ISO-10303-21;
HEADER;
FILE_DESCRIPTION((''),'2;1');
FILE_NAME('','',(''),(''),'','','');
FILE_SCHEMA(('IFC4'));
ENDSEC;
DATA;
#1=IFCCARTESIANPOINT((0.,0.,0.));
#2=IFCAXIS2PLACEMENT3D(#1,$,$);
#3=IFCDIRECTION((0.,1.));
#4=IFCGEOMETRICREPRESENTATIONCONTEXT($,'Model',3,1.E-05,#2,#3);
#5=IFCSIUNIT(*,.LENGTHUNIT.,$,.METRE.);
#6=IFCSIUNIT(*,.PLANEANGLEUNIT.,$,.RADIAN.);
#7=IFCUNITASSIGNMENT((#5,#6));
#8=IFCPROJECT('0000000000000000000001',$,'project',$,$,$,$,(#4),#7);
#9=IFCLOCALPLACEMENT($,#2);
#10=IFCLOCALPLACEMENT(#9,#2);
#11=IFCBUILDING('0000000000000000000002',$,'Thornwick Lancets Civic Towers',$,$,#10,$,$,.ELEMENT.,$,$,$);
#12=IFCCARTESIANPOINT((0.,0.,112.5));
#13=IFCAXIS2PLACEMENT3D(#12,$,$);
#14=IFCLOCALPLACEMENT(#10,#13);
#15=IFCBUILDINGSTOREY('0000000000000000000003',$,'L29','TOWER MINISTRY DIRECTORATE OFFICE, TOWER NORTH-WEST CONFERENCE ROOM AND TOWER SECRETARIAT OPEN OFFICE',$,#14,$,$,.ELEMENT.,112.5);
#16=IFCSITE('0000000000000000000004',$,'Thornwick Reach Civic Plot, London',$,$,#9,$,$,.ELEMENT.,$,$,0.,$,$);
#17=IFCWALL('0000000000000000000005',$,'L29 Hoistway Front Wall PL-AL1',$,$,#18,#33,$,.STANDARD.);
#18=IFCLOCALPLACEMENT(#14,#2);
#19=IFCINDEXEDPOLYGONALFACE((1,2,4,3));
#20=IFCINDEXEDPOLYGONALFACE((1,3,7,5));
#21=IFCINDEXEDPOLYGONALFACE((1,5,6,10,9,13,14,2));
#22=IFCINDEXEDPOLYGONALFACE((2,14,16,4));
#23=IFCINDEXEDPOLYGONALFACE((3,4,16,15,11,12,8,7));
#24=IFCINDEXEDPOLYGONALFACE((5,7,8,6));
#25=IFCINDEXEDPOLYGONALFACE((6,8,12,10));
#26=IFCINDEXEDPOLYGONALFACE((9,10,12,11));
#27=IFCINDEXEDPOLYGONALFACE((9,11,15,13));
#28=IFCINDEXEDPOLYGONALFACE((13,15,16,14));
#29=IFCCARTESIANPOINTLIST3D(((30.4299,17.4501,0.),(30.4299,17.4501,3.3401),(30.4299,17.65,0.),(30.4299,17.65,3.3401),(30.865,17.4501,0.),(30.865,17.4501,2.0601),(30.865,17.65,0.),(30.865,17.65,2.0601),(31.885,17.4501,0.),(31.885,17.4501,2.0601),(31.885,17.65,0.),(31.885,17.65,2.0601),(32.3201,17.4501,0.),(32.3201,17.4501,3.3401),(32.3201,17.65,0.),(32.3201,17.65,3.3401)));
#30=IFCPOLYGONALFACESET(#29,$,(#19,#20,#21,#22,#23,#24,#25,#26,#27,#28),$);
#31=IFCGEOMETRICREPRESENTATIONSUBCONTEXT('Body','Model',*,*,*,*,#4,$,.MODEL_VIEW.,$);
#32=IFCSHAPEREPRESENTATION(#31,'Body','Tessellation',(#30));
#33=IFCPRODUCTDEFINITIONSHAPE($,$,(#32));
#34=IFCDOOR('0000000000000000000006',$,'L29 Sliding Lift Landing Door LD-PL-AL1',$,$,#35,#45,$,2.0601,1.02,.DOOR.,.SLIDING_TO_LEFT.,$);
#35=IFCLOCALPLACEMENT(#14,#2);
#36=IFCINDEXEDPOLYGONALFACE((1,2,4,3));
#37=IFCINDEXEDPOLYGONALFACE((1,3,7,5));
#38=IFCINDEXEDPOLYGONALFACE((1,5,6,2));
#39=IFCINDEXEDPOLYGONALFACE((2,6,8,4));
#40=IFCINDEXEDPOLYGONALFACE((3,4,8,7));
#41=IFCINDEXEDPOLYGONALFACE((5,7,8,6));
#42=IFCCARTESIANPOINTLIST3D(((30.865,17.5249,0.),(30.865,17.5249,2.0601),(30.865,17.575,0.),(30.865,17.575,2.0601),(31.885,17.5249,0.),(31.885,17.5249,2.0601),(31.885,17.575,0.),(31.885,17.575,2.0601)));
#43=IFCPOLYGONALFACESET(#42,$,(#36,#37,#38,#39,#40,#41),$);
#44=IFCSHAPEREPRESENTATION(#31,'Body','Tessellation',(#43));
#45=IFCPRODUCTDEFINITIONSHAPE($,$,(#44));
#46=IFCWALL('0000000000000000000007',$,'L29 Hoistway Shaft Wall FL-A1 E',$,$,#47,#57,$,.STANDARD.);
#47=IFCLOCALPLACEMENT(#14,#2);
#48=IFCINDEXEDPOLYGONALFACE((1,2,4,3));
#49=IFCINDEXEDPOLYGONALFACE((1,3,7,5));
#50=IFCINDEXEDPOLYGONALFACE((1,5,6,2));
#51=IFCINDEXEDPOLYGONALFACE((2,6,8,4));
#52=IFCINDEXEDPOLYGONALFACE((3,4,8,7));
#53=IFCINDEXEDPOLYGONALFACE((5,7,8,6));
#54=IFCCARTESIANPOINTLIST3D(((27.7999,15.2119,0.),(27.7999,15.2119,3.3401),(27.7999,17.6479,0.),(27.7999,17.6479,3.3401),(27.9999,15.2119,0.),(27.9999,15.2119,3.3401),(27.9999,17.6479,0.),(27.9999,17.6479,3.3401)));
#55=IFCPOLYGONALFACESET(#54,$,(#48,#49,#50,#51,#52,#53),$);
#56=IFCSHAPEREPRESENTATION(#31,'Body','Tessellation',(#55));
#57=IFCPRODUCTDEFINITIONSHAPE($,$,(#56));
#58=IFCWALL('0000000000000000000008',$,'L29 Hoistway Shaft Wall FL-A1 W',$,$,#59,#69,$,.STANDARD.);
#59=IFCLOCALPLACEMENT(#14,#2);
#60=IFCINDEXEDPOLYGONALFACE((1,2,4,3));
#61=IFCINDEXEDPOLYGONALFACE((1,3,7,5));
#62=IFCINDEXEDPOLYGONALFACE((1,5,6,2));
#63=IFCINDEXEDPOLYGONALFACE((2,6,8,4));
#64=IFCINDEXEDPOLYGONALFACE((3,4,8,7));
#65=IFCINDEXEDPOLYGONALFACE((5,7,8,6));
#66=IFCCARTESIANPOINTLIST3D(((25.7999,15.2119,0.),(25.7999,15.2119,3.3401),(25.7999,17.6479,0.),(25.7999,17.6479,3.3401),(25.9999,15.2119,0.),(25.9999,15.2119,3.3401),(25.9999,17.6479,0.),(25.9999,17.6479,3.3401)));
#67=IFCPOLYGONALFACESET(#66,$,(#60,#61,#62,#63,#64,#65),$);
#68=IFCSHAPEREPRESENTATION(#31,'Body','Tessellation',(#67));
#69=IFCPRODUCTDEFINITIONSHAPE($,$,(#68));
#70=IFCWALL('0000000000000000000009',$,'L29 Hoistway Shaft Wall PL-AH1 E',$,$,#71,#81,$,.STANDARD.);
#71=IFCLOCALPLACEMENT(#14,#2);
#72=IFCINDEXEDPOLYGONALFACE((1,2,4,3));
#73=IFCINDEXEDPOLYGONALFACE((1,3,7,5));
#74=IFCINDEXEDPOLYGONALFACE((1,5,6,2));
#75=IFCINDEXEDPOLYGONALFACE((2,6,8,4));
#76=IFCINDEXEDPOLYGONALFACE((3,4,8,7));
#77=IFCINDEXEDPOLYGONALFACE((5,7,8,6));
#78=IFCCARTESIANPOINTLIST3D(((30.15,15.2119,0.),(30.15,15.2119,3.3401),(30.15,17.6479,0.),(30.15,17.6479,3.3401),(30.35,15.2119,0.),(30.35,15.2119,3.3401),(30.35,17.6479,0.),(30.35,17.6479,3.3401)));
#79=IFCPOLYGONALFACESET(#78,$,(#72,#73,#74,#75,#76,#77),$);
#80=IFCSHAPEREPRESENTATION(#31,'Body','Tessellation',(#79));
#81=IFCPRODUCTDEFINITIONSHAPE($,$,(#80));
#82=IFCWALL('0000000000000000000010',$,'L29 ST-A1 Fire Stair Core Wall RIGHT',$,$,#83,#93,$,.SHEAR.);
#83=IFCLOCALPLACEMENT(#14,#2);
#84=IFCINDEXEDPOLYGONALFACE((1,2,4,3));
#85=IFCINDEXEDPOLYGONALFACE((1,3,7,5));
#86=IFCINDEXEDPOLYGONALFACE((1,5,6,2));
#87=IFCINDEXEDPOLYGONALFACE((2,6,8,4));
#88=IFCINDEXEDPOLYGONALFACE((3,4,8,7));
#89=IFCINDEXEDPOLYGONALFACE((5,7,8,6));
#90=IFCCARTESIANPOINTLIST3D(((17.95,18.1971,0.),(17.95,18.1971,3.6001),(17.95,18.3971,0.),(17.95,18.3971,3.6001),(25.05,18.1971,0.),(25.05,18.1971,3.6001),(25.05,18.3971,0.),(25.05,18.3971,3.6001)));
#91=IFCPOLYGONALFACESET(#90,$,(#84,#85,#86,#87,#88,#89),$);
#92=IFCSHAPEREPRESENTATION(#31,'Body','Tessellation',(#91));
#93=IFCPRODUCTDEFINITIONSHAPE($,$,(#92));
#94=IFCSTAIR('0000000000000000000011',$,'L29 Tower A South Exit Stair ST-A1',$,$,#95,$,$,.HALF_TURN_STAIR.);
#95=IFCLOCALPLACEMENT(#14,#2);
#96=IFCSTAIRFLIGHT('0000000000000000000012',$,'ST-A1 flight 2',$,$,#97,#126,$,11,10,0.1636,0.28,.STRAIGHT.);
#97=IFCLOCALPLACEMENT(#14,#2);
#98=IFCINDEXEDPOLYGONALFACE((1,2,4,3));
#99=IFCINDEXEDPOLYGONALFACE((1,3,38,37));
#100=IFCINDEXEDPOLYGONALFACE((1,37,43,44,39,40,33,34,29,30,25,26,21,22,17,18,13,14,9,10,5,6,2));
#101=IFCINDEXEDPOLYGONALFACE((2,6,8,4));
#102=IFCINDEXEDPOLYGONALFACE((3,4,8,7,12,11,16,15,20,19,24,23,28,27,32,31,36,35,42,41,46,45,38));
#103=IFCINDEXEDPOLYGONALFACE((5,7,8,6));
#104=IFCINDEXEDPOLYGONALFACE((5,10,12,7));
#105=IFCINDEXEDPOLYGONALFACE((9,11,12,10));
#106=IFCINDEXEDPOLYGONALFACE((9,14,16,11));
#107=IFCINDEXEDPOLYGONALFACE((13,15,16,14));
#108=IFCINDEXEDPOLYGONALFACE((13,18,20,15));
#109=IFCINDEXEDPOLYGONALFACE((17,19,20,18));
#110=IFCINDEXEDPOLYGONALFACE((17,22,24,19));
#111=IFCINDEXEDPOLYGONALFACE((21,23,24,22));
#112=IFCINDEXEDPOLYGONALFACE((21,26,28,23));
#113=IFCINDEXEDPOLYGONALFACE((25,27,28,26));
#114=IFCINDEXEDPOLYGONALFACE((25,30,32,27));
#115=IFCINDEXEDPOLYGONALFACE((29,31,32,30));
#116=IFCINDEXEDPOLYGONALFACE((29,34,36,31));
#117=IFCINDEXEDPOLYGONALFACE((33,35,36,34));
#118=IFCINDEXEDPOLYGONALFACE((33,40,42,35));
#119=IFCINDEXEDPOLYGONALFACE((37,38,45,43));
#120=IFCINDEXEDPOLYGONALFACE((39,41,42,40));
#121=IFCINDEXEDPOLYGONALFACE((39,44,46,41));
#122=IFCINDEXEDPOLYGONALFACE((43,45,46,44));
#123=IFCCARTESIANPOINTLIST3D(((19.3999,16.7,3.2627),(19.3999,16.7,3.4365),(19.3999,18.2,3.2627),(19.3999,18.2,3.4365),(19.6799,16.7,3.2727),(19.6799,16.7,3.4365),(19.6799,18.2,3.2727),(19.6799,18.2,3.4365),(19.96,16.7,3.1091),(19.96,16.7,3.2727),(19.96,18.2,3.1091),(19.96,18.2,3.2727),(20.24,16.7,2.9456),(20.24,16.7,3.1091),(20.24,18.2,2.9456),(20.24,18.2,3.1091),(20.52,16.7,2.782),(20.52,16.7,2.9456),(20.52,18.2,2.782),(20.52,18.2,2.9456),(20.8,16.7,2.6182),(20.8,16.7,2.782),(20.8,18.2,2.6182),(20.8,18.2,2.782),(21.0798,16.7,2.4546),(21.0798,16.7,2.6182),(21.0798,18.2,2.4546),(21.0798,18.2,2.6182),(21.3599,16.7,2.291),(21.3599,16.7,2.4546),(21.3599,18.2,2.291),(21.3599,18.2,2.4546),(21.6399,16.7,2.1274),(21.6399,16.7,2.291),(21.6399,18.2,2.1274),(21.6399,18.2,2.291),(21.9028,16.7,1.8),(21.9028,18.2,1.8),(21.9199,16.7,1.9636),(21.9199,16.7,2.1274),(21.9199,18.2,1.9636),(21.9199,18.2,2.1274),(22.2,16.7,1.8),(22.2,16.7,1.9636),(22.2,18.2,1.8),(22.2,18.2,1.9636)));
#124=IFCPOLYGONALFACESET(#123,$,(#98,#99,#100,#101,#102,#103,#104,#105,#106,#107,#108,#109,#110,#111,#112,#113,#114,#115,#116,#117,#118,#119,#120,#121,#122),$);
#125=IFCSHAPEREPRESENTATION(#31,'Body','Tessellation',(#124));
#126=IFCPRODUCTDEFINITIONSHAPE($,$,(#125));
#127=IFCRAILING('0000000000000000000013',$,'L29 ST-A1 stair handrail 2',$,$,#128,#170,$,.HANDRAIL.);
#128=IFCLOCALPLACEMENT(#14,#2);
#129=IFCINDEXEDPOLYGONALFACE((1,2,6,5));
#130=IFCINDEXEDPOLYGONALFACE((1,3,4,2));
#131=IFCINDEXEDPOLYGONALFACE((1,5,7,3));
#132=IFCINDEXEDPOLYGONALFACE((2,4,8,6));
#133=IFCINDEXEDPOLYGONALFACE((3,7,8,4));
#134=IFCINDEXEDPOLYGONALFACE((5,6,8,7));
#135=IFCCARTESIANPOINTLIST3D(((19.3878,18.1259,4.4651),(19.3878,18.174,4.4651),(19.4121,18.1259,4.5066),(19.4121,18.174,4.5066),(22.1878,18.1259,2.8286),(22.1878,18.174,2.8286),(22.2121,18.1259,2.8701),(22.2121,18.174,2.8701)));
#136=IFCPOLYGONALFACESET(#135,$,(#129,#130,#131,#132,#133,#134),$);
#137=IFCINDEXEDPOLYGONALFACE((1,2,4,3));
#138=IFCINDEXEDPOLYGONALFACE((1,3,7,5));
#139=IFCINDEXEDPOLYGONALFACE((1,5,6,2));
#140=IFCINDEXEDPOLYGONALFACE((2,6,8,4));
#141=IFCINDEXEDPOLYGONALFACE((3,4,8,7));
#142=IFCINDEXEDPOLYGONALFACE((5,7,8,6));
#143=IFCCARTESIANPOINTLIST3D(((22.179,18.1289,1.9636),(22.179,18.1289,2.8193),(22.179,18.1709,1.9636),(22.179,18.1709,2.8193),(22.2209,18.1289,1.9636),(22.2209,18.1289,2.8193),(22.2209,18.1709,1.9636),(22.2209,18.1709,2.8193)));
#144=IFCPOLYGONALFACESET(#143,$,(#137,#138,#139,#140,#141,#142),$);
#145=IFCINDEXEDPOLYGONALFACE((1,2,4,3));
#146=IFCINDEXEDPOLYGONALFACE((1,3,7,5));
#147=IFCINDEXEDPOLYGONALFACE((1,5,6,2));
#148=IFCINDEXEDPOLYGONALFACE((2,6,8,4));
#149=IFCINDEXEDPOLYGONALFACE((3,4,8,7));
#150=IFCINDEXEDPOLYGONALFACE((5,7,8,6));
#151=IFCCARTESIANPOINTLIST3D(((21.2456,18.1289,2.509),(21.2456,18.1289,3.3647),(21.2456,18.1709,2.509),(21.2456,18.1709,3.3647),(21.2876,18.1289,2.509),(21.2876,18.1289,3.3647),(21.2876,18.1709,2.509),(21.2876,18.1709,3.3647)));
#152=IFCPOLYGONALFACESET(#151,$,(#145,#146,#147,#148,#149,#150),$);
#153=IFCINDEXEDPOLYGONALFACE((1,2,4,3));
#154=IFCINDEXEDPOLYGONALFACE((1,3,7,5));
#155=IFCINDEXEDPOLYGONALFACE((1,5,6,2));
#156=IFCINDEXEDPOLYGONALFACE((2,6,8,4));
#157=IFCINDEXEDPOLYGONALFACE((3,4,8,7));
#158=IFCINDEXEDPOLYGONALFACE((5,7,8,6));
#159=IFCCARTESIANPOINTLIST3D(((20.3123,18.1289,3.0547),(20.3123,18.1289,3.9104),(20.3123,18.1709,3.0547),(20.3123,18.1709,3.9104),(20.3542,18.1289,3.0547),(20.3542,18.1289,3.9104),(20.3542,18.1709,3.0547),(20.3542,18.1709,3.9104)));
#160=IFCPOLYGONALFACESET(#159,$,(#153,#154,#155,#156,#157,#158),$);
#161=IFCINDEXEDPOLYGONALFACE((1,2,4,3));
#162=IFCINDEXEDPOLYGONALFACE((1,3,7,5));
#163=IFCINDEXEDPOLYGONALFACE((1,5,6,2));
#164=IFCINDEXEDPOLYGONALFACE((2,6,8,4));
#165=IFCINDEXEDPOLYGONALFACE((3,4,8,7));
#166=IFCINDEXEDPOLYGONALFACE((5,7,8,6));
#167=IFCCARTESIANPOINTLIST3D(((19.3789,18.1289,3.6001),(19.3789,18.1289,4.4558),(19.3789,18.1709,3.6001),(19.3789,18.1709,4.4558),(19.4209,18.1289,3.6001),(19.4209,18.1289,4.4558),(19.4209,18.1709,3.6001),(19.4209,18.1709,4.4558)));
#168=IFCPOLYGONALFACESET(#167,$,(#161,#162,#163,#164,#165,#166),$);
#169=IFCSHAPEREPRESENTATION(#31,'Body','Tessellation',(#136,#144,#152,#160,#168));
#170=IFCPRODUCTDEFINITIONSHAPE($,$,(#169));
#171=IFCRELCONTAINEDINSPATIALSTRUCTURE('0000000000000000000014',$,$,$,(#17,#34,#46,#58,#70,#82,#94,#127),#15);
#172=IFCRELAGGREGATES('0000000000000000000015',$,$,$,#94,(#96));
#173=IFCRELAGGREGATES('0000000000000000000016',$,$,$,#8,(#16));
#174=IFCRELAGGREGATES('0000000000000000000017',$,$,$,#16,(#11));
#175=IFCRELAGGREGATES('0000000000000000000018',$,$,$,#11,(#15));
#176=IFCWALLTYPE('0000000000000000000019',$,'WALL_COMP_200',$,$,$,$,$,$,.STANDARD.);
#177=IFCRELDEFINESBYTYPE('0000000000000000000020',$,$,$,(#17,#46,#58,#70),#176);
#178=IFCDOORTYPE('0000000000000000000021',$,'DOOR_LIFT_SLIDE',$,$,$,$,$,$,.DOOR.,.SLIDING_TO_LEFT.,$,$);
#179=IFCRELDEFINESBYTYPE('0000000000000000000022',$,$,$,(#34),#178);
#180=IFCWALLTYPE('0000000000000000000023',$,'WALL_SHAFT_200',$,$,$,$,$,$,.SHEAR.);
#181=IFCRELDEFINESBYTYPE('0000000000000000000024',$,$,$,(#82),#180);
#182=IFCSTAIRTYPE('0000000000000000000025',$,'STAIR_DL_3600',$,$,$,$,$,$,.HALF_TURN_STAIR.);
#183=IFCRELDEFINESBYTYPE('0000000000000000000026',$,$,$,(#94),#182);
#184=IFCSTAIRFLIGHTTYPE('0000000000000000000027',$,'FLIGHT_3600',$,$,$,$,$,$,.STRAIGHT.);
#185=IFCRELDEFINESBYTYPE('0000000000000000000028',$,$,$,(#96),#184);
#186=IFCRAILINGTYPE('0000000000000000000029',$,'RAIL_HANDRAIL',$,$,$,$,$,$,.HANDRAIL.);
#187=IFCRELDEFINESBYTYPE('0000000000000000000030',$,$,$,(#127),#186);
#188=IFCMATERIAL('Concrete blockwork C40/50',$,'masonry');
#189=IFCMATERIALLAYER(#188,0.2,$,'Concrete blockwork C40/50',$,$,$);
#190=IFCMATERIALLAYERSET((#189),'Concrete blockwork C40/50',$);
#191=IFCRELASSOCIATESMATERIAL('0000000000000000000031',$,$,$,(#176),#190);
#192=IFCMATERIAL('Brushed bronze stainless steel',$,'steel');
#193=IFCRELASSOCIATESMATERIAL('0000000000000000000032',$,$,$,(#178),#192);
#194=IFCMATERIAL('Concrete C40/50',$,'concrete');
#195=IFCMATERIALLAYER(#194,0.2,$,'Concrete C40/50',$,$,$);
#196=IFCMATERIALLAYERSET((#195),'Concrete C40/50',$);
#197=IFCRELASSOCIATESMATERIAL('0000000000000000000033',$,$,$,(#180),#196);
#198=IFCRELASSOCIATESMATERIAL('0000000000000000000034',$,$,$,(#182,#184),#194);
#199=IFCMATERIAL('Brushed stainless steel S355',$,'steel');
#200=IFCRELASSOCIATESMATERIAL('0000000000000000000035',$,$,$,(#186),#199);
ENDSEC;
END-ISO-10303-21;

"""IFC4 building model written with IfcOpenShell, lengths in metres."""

from ifc_helpers import new_model, si_unit, direction, frame, frame_2d, origin, origin_2d, place, context, subcontext, project, spatial, polyline, rectangle, outline, extrude, material, layer, layer_set, type_object, element, fill, aggregate, save


model = new_model("IFC4")

# Units and contexts
model_context = context("Model", 3, precision=1e-05, world=origin(), true_north=direction((0.0, 1.0)))
body_context = subcontext(model_context, "Body", "Model", "MODEL_VIEW")
ifc_project = project(units=[si_unit("LENGTHUNIT", "METRE"), si_unit("PLANEANGLEUNIT", "RADIAN")], contexts=[model_context])

# Site, building, storey
site_placement = place(None, origin())
site = spatial("IfcSite", under=ifc_project, at=site_placement, Name="Thornwick Reach Civic Plot, London", CompositionType="ELEMENT", RefElevation=0.0)
building_placement = place(site_placement, origin())
building = spatial("IfcBuilding", under=site, at=building_placement, Name="Thornwick Lancets Civic Towers", CompositionType="ELEMENT")
storey_placement = place(building_placement, frame((0.0, 0.0, 112.5)))
storey = spatial("IfcBuildingStorey", under=building, at=storey_placement, Name="L29", Description="TOWER MINISTRY DIRECTORATE OFFICE, TOWER NORTH-WEST CONFERENCE ROOM AND TOWER SECRETARIAT OPEN OFFICE", CompositionType="ELEMENT", Elevation=112.5)

# Shared definitions
ifc_material_1 = material(Name="Concrete C40/50", Category="concrete")

# Shared definitions
ifc_material_2 = material(Name="Concrete blockwork C40/50", Category="masonry")
ifc_layer_1 = layer(ifc_material_2, 0.2, Name="Concrete blockwork C40/50")
ifc_layer_set_1 = layer_set([ifc_layer_1], Name="Concrete blockwork C40/50")
wall_type_1 = type_object("IfcWallType", Name="WALL_COMP_200", PredefinedType="STANDARD", material=ifc_layer_set_1)
ifc_material_3 = material(Name="Brushed bronze stainless steel", Category="steel")
door_type = type_object("IfcDoorType", Name="DOOR_LIFT_SLIDE", OperationType="SLIDING_TO_LEFT", PredefinedType="DOOR", material=ifc_material_3)

# Wall, opening, door
wall_1_placement = place(storey_placement, frame((30.4299, 17.55, 0.0), z_axis=(0.0, 0.0, 1.0), x_axis=(1.0, 0.0, 0.0)))
wall_1 = element("IfcWall", 1, at=wall_1_placement, inside=storey, type_object=wall_type_1, Name="L29 Hoistway Front Wall PL-AL1", PredefinedType="STANDARD", context=body_context, shape_type="SweptSolid", body=[
    extrude(rectangle(XDim=1.8901, YDim=0.2, at=frame_2d((0.9451, 0.0))), origin(), (0.0, 0.0, 1.0), 3.3401),
])
opening_1_placement = place(wall_1_placement, frame((0.4351, 0.0, 0.0)))
opening_1 = element("IfcOpeningElement", 2, at=opening_1_placement, cuts=wall_1, PredefinedType="OPENING", context=body_context, shape_type="SweptSolid", body=[
    extrude(rectangle(XDim=1.02, YDim=2.0601, at=frame_2d((0.51, 1.03))), frame((0.0, 0.1099, 0.0), z_axis=(0.0, -1.0, 0.0), x_axis=(1.0, 0.0, 0.0)), (0.0, 0.0, 1.0), 0.22),
])
door_1_placement = place(opening_1_placement, origin())
door_1 = element("IfcDoor", 3, at=door_1_placement, inside=storey, type_object=door_type, Name="L29 Sliding Lift Landing Door LD-PL-AL1", OperationType="SLIDING_TO_LEFT", OverallHeight=2.0601, OverallWidth=1.02, PredefinedType="DOOR", context=body_context, shape_type="SweptSolid", body=[
    extrude(rectangle(XDim=1.02, YDim=2.0601, at=frame_2d((0.51, 1.03))), frame((0.0, 0.0249, 0.0), z_axis=(0.0, -1.0, 0.0), x_axis=(1.0, 0.0, 0.0)), (0.0, 0.0, 1.0), 0.05),
])
fill(opening_1, door_1)

# Walls
for number, where, z_axis, x_axis, name in (
    (4, (27.8999, 15.2119, 0.0), (0.0, 0.0, 1.0), (0.0, 1.0, 0.0), "L29 Hoistway Shaft Wall FL-A1 E"),
    (5, (25.8999, 15.2119, 0.0), (0.0, 0.0, 1.0), (0.0, 1.0, 0.0), "L29 Hoistway Shaft Wall FL-A1 W"),
    (6, (30.25, 15.2119, 0.0), (0.0, 0.0, 1.0), (0.0, 1.0, 0.0), "L29 Hoistway Shaft Wall PL-AH1 E"),
):
    element("IfcWall", number, at=place(storey_placement, frame(where, z_axis=z_axis, x_axis=x_axis)), inside=storey, type_object=wall_type_1, Name=name, PredefinedType="STANDARD", context=body_context, shape_type="SweptSolid", body=[
        extrude(rectangle(XDim=2.436, YDim=0.2, at=frame_2d((1.218, 0.0))), origin(), (0.0, 0.0, 1.0), 3.3401),
    ])
ifc_layer_2 = layer(ifc_material_1, 0.2, Name="Concrete C40/50")
ifc_layer_set_2 = layer_set([ifc_layer_2], Name="Concrete C40/50")
wall_type_2 = type_object("IfcWallType", Name="WALL_SHAFT_200", PredefinedType="SHEAR", material=ifc_layer_set_2)
wall_2_placement = place(storey_placement, frame((25.05, 18.2971, 0.0), z_axis=(0.0, 0.0, 1.0), x_axis=(-1.0, 0.0, 0.0)))
element("IfcWall", 7, at=wall_2_placement, inside=storey, type_object=wall_type_2, Name="L29 ST-A1 Fire Stair Core Wall RIGHT", PredefinedType="SHEAR", context=body_context, shape_type="SweptSolid", body=[
    extrude(rectangle(XDim=7.1001, YDim=0.2, at=frame_2d((3.55, 0.0))), origin(), (0.0, 0.0, 1.0), 3.6001),
])

# Stair, stair flight
stair_type = type_object("IfcStairType", Name="STAIR_DL_3600", PredefinedType="HALF_TURN_STAIR", material=ifc_material_1)
stair_placement = place(storey_placement, origin())
stair = element("IfcStair", 8, at=stair_placement, inside=storey, type_object=stair_type, Name="L29 Tower A South Exit Stair ST-A1", PredefinedType="HALF_TURN_STAIR")
stair_flight_type = type_object("IfcStairFlightType", Name="FLIGHT_3600", PredefinedType="STRAIGHT", material=ifc_material_1)
stair_flight_placement = place(storey_placement, frame((22.2, 17.45, 1.8), z_axis=(0.0, 0.0, 1.0), x_axis=(-1.0, 0.0, 0.0)))
stair_flight = element("IfcStairFlight", 9, at=stair_flight_placement, type_object=stair_flight_type, Name="ST-A1 flight 2", NumberOfRisers=11, NumberOfTreads=10, PredefinedType="STRAIGHT", RiserHeight=0.1636, TreadLength=0.28, context=body_context, shape_type="SweptSolid", body=[
    extrude(outline(polyline([(0.0, 0.0), (0.0, 0.1636), (0.28, 0.1636), (0.28, 0.3274), (0.5601, 0.3274), (0.5601, 0.491), (0.8401, 0.491), (0.8401, 0.6545), (1.1201, 0.6545), (1.1201, 0.8181), (1.3999, 0.8181), (1.3999, 0.9819), (1.6799, 0.9819), (1.6799, 1.1455), (1.96, 1.1455), (1.96, 1.3091), (2.24, 1.3091), (2.24, 1.4727), (2.52, 1.4727), (2.52, 1.6365), (2.8, 1.6365), (2.8, 1.8), (2.8, 1.4626), (0.2971, 0.0), (0.0, 0.0)])), frame((0.0, 0.75, 0.0), z_axis=(0.0, -1.0, 0.0), x_axis=(1.0, 0.0, 0.0)), (0.0, 0.0, 1.0), 1.5),
])
aggregate(stair, [stair_flight])

# Railing
ifc_material_4 = material(Name="Brushed stainless steel S355", Category="steel")
railing_type_1 = type_object("IfcRailingType", Name="RAIL_HANDRAIL", PredefinedType="HANDRAIL", material=ifc_material_4)
railing_1_placement = place(storey_placement, frame((22.2, 18.1499, 1.9636)))
element("IfcRailing", 10, at=railing_1_placement, inside=storey, type_object=railing_type_1, Name="L29 ST-A1 stair handrail 2", PredefinedType="HANDRAIL", context=body_context, shape_type="SweptSolid", body=[
    extrude(rectangle(XDim=0.0481, YDim=0.0481, at=origin_2d()), frame((0.0, 0.0, 0.8857), z_axis=(-0.863361, 0.0, 0.504587), x_axis=(0.0, -1.0, 0.0)), (0.0, 0.0, 1.0), 3.2432),
    extrude(rectangle(XDim=0.042, YDim=0.042, at=origin_2d()), origin(), (0.0, 0.0, 1.0), 0.8557),
    extrude(rectangle(XDim=0.042, YDim=0.042, at=origin_2d()), frame((-0.9333, 0.0, 0.5454)), (0.0, 0.0, 1.0), 0.8557),
    extrude(rectangle(XDim=0.042, YDim=0.042, at=origin_2d()), frame((-1.8667, 0.0, 1.0911)), (0.0, 0.0, 1.0), 0.8557),
    extrude(rectangle(XDim=0.042, YDim=0.042, at=origin_2d()), frame((-2.8, 0.0, 1.6365)), (0.0, 0.0, 1.0), 0.8557),
])

save(model, "model.ifc")
